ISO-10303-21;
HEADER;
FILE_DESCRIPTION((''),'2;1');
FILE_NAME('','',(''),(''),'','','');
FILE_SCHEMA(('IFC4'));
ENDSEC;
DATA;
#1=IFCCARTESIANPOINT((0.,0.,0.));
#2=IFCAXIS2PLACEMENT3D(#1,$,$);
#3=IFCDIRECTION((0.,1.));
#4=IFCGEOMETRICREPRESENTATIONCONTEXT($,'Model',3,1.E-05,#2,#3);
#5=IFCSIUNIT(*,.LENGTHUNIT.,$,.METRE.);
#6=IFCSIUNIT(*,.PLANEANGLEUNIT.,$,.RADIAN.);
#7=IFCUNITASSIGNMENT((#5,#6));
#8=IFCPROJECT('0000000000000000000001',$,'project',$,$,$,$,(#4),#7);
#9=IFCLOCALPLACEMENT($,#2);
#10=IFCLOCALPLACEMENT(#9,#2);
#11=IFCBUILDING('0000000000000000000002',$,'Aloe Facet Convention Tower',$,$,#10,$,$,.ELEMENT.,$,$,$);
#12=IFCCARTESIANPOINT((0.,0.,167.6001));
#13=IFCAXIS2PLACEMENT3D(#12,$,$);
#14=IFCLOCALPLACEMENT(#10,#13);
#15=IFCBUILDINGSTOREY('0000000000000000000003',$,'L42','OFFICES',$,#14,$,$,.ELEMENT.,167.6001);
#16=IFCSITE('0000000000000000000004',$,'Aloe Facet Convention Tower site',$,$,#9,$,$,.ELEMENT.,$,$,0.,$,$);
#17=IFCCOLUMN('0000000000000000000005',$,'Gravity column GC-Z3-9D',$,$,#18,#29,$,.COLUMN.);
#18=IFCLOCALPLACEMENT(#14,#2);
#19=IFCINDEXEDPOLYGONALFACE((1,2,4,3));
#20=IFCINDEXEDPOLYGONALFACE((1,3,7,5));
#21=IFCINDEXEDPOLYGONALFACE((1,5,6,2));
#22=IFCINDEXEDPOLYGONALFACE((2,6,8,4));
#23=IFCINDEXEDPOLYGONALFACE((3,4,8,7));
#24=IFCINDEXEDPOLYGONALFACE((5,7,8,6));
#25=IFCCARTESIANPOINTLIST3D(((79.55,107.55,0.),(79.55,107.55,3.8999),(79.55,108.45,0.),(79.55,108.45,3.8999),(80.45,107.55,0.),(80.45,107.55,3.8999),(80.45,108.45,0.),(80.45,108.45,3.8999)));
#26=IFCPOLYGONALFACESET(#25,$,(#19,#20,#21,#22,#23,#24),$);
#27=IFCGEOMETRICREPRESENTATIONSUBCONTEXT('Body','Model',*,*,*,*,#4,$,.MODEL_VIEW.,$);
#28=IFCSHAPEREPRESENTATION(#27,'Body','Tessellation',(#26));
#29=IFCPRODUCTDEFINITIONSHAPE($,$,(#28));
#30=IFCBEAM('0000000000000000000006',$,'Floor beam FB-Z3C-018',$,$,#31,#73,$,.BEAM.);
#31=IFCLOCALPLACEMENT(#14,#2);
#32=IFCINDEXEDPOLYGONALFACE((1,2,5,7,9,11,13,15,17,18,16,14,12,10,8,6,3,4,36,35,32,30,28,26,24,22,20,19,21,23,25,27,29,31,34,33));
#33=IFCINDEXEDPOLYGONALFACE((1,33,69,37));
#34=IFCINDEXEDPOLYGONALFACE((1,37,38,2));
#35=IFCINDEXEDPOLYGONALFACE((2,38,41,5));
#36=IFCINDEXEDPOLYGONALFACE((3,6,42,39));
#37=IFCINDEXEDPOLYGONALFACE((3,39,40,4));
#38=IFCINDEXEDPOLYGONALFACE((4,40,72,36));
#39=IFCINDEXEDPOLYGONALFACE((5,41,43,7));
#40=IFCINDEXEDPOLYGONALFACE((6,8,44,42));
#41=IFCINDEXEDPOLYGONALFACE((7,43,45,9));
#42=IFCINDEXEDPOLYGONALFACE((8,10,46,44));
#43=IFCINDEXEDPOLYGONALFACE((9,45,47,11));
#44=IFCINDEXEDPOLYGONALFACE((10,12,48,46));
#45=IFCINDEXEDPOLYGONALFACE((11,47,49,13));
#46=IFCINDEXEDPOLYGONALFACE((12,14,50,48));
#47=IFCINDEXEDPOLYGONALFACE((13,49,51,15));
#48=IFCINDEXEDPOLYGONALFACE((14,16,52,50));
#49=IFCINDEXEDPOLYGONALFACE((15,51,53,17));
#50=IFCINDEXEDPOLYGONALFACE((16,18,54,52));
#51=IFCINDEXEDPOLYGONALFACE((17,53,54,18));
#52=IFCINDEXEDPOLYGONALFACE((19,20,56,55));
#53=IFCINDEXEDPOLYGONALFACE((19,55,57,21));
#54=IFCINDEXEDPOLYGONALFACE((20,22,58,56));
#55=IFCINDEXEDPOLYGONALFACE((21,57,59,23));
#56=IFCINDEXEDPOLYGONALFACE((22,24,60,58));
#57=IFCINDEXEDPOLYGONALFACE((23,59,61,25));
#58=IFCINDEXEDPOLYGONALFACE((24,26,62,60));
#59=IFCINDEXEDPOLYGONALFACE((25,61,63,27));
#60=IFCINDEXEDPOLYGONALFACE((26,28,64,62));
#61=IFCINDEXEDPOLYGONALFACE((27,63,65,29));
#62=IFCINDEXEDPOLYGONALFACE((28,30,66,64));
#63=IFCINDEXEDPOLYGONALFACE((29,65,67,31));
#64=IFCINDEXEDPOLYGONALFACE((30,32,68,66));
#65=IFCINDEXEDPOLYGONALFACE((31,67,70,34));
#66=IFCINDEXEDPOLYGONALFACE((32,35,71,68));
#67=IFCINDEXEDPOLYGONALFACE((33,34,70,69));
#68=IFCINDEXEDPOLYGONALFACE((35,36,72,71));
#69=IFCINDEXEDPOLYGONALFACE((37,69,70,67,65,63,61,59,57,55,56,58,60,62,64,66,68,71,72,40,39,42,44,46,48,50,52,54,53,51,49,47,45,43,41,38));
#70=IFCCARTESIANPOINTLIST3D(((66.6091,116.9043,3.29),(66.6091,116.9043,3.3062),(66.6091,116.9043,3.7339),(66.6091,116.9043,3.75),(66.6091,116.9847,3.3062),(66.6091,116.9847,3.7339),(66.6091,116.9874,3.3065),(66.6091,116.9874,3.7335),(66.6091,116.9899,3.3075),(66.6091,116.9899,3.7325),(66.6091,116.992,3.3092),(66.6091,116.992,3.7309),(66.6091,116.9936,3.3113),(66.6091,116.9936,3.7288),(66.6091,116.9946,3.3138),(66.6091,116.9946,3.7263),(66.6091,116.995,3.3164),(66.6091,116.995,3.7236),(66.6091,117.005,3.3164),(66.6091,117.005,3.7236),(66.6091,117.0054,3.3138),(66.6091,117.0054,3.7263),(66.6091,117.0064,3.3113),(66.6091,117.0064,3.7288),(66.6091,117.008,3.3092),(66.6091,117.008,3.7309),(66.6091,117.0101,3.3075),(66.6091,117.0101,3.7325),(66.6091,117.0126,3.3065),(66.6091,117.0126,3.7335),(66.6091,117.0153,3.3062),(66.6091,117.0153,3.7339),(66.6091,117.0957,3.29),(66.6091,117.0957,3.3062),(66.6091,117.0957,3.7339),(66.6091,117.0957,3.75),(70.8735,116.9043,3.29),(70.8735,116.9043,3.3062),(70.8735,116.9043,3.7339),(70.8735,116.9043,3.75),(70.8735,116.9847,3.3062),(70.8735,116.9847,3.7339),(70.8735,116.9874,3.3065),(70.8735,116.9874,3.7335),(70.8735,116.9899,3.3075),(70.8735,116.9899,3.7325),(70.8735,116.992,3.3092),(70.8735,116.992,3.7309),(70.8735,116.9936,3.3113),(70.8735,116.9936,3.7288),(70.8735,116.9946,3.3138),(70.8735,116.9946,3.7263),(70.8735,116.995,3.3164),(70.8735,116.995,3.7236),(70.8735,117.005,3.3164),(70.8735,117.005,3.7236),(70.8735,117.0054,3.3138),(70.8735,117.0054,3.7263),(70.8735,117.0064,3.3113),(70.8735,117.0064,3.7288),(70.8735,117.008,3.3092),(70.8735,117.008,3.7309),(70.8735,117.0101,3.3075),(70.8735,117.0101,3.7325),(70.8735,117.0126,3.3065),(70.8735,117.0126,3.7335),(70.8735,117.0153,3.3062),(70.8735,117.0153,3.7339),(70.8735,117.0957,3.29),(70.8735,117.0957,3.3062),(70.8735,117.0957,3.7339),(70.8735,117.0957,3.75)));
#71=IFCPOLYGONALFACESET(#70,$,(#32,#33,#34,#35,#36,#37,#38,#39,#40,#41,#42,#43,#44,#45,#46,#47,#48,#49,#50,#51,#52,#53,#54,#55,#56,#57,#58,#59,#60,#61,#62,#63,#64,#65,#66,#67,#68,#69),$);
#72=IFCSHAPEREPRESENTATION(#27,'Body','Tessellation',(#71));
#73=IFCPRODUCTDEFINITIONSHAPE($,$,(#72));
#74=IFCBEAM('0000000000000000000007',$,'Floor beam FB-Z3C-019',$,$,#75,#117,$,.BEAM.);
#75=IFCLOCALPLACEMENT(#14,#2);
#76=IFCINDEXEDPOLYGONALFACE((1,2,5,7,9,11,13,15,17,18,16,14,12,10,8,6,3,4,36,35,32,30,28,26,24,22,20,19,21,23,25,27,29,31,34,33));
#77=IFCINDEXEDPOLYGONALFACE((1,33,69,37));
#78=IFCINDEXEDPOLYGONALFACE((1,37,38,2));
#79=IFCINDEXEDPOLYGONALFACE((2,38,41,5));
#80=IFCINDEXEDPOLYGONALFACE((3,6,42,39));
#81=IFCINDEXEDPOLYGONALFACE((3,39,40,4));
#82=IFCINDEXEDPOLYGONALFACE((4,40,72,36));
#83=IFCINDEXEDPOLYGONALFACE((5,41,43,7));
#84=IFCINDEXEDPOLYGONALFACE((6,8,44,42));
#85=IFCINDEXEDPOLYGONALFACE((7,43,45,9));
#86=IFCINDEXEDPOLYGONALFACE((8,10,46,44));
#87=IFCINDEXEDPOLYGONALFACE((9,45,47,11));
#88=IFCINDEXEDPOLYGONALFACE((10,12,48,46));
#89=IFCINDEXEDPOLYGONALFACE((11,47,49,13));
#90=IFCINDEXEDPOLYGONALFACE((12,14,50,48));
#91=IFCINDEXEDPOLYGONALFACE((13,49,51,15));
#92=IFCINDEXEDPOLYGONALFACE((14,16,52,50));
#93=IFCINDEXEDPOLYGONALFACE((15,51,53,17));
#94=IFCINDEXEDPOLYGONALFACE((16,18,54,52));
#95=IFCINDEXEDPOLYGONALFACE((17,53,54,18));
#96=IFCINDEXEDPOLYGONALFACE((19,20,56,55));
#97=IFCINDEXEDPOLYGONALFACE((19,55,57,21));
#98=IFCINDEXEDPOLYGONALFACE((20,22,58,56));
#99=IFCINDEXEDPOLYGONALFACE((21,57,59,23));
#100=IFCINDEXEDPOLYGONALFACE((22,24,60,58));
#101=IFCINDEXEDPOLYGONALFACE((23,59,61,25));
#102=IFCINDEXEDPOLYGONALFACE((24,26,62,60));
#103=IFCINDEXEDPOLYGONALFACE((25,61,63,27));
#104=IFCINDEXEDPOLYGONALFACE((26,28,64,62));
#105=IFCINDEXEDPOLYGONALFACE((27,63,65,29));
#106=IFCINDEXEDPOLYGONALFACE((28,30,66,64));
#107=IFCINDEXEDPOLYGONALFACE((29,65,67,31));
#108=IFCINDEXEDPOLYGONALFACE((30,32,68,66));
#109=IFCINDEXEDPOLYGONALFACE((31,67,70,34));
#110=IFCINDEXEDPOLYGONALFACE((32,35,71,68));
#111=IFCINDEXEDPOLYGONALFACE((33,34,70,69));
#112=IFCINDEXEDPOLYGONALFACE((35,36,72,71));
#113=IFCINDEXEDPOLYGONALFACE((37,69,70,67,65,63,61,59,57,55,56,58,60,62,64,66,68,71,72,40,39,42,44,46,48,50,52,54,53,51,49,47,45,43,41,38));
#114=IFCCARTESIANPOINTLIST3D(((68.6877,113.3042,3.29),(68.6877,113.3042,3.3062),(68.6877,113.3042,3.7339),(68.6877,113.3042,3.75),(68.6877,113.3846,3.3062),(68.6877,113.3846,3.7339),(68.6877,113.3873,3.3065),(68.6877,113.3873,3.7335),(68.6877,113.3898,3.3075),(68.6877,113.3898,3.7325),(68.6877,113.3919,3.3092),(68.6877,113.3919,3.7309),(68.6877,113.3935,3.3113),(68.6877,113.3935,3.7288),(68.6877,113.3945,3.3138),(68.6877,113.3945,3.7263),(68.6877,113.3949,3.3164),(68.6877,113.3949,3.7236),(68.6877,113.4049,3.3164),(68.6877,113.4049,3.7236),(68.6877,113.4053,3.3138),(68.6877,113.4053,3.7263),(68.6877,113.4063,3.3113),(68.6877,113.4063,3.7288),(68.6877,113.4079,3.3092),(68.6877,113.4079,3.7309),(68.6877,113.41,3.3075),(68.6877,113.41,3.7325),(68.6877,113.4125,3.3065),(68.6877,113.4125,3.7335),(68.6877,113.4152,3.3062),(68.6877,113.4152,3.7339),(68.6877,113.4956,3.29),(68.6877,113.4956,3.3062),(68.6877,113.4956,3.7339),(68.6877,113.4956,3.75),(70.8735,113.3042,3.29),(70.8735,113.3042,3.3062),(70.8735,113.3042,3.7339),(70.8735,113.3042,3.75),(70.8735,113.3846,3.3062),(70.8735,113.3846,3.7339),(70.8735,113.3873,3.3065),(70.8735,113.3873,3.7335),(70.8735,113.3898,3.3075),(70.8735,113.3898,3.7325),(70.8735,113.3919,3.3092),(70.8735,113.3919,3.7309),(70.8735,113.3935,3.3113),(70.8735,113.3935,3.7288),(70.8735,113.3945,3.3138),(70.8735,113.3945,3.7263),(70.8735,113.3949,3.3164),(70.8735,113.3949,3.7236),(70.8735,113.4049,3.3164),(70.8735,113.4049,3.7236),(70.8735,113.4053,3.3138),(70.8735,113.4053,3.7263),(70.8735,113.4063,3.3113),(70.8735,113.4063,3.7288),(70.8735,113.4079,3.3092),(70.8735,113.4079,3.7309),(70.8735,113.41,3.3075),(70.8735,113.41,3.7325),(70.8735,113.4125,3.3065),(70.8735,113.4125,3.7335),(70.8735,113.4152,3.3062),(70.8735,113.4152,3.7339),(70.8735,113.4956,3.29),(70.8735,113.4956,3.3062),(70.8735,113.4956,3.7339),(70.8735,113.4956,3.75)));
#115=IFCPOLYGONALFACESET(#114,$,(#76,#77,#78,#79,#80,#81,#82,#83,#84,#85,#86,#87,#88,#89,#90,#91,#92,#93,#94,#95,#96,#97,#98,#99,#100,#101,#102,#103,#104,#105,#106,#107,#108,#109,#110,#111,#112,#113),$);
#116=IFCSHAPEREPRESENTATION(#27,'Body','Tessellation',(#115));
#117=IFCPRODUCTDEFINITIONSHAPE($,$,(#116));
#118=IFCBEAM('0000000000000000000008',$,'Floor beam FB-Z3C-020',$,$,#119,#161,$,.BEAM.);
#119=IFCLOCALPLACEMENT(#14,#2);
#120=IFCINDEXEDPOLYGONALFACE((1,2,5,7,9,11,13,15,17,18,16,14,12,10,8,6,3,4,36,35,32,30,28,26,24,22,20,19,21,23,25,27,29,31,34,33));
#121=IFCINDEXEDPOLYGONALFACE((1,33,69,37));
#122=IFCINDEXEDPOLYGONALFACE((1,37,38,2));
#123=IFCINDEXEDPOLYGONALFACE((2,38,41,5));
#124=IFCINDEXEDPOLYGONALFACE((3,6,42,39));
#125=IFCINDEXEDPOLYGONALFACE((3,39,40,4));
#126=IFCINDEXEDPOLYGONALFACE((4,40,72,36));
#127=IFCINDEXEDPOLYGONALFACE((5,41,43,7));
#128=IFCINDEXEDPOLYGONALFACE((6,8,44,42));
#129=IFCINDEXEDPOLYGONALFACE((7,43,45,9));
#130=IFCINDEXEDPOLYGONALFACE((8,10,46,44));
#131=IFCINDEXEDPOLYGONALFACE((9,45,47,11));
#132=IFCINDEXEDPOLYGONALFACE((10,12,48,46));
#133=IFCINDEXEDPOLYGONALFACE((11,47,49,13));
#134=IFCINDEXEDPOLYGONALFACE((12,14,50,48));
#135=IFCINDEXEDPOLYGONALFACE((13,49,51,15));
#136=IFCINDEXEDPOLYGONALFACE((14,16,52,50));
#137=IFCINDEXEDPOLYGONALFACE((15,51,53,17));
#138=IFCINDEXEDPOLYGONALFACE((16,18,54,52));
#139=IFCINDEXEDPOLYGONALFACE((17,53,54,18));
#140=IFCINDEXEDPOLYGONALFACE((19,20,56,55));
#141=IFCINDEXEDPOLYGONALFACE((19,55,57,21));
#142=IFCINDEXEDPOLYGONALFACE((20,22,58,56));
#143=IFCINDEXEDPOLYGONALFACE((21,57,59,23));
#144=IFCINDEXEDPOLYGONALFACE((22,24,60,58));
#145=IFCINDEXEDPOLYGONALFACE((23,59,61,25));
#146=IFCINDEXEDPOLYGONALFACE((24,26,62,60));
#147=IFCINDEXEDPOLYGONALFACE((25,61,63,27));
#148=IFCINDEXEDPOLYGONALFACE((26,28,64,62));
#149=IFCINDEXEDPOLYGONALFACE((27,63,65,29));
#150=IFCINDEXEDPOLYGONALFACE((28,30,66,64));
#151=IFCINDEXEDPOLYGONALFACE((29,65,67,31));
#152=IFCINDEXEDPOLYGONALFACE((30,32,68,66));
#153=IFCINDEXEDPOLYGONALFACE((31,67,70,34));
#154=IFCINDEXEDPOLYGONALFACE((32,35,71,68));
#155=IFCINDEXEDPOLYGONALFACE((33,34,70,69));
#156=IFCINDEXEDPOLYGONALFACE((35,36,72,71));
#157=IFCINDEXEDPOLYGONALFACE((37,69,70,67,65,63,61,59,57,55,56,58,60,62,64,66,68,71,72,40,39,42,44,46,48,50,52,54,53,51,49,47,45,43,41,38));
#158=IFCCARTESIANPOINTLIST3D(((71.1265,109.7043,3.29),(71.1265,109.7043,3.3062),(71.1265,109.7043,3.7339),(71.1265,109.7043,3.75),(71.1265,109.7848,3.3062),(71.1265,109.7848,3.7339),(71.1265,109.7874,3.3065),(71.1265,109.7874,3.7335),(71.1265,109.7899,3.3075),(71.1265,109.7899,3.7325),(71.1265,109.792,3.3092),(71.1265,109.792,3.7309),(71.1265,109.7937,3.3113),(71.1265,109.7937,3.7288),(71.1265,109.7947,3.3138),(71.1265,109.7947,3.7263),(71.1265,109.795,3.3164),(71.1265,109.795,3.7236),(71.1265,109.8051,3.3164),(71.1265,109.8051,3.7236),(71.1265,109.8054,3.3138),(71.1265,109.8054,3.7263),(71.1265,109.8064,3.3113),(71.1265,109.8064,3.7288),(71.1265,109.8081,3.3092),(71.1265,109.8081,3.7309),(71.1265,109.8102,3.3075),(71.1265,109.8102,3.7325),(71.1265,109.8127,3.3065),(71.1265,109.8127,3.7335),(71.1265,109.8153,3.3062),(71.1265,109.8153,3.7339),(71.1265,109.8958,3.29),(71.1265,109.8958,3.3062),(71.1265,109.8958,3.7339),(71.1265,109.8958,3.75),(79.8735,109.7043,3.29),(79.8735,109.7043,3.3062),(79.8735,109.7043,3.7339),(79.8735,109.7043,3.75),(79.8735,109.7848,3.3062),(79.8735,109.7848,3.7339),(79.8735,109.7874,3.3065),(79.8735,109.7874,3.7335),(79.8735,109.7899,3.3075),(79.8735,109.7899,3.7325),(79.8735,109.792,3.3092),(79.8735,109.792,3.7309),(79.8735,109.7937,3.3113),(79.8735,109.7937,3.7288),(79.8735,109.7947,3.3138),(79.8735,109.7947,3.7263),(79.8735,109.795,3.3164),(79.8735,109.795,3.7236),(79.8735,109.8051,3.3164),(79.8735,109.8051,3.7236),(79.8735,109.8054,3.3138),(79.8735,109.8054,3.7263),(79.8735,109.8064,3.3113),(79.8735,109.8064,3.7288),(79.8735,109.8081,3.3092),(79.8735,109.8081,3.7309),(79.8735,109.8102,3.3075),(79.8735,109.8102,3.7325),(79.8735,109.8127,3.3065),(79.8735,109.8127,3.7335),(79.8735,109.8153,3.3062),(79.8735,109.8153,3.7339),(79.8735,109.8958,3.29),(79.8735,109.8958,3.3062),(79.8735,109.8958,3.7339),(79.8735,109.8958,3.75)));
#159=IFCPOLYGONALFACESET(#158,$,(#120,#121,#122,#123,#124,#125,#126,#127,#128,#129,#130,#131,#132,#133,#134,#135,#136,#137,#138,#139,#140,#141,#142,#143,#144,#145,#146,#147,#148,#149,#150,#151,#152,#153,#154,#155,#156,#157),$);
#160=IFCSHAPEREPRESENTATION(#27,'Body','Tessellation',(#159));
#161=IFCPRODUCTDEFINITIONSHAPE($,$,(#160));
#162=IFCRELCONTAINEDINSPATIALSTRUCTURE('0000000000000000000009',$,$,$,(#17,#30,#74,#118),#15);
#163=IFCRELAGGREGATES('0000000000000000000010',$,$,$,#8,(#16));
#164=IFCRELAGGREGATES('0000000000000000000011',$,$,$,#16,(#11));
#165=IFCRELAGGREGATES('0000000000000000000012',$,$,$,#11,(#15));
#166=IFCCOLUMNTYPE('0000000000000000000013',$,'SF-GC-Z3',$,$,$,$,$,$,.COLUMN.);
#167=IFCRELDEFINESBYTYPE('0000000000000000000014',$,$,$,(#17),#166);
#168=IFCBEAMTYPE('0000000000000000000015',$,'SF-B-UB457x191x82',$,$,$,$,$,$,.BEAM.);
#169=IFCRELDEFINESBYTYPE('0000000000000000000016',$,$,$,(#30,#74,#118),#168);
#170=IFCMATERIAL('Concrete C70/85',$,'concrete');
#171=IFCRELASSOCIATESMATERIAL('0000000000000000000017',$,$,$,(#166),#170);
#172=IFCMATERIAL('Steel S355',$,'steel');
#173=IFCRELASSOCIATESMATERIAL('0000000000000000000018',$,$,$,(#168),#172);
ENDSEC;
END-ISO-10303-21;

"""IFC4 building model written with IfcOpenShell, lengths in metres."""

from ifc_helpers import new_model, si_unit, direction, frame, origin, origin_2d, place, context, subcontext, project, spatial, rectangle, i_section, extrude, material, material_profile, profile_set, type_object, element, save


model = new_model("IFC4")

# Units and contexts
model_context = context("Model", 3, precision=1e-05, world=origin(), true_north=direction((0.0, 1.0)))
body_context = subcontext(model_context, "Body", "Model", "MODEL_VIEW")
ifc_project = project(units=[si_unit("LENGTHUNIT", "METRE"), si_unit("PLANEANGLEUNIT", "RADIAN")], contexts=[model_context])

# Site, building, storey
site_placement = place(None, origin())
site = spatial("IfcSite", under=ifc_project, at=site_placement, Name="Aloe Facet Convention Tower site", CompositionType="ELEMENT", RefElevation=0.0)
building_placement = place(site_placement, origin())
building = spatial("IfcBuilding", under=site, at=building_placement, Name="Aloe Facet Convention Tower", CompositionType="ELEMENT")
storey_placement = place(building_placement, frame((0.0, 0.0, 167.6001)))
storey = spatial("IfcBuildingStorey", under=building, at=storey_placement, Name="L42", Description="OFFICES", CompositionType="ELEMENT", Elevation=167.6001)

# Column
ifc_material_1 = material(Name="Concrete C70/85", Category="concrete")
ifc_material_profile_1 = material_profile(ifc_material_1, rectangle(XDim=0.8999, YDim=0.8999, at=origin_2d()), Name="SF-GC-Z3")
ifc_profile_set_1 = profile_set([ifc_material_profile_1], Name="Concrete C70/85")
column_type = type_object("IfcColumnType", Name="SF-GC-Z3", PredefinedType="COLUMN", material=ifc_profile_set_1)
column_placement = place(storey_placement, frame((80.0, 108.0, 0.0), z_axis=(0.0, 0.0, 1.0), x_axis=(1.0, 0.0, 0.0)))
element("IfcColumn", 1, at=column_placement, inside=storey, type_object=column_type, Name="Gravity column GC-Z3-9D", PredefinedType="COLUMN", context=body_context, shape_type="SweptSolid", body=[
    extrude(rectangle(XDim=0.8999, YDim=0.8999, at=origin_2d()), origin(), (0.0, 0.0, 1.0), 3.8999),
])

# Beams
ifc_material_2 = material(Name="Steel S355", Category="steel")
ifc_material_profile_2 = material_profile(ifc_material_2, i_section(OverallWidth=0.1914, OverallDepth=0.46, WebThickness=0.01, FlangeThickness=0.0161, FilletRadius=0.0103, at=origin_2d()), Name="UB 457x191x82")
ifc_profile_set_2 = profile_set([ifc_material_profile_2], Name="Steel S355")
beam_type_1 = type_object("IfcBeamType", Name="SF-B-UB457x191x82", PredefinedType="BEAM", material=ifc_profile_set_2)
beam_1_placement = place(storey_placement, frame((66.6091, 117.0, 3.52), z_axis=(1.0, 0.0, 0.0), x_axis=(0.0, 1.0, 0.0)))
element("IfcBeam", 2, at=beam_1_placement, inside=storey, type_object=beam_type_1, Name="Floor beam FB-Z3C-018", PredefinedType="BEAM", context=body_context, shape_type="SweptSolid", body=[
    extrude(i_section(OverallWidth=0.1914, OverallDepth=0.46, WebThickness=0.01, FlangeThickness=0.0161, FilletRadius=0.0103, at=origin_2d()), origin(), (0.0, 0.0, 1.0), 4.2644),
])
beam_2_placement = place(storey_placement, frame((68.6877, 113.3999, 3.52), z_axis=(1.0, 0.0, 0.0), x_axis=(0.0, 1.0, 0.0)))
element("IfcBeam", 3, at=beam_2_placement, inside=storey, type_object=beam_type_1, Name="Floor beam FB-Z3C-019", PredefinedType="BEAM", context=body_context, shape_type="SweptSolid", body=[
    extrude(i_section(OverallWidth=0.1914, OverallDepth=0.46, WebThickness=0.01, FlangeThickness=0.0161, FilletRadius=0.0103, at=origin_2d()), origin(), (0.0, 0.0, 1.0), 2.1858),
])
for number, where, z_axis, x_axis, name in (
    (4, (71.1265, 109.8, 3.52), (1.0, 0.0, 0.0), (0.0, 1.0, 0.0), "Floor beam FB-Z3C-020"),
):
    element("IfcBeam", number, at=place(storey_placement, frame(where, z_axis=z_axis, x_axis=x_axis)), inside=storey, type_object=beam_type_1, Name=name, PredefinedType="BEAM", context=body_context, shape_type="SweptSolid", body=[
        extrude(i_section(OverallWidth=0.1914, OverallDepth=0.46, WebThickness=0.01, FlangeThickness=0.0161, FilletRadius=0.0103, at=origin_2d()), origin(), (0.0, 0.0, 1.0), 8.7471),
    ])

save(model, "model.ifc")
